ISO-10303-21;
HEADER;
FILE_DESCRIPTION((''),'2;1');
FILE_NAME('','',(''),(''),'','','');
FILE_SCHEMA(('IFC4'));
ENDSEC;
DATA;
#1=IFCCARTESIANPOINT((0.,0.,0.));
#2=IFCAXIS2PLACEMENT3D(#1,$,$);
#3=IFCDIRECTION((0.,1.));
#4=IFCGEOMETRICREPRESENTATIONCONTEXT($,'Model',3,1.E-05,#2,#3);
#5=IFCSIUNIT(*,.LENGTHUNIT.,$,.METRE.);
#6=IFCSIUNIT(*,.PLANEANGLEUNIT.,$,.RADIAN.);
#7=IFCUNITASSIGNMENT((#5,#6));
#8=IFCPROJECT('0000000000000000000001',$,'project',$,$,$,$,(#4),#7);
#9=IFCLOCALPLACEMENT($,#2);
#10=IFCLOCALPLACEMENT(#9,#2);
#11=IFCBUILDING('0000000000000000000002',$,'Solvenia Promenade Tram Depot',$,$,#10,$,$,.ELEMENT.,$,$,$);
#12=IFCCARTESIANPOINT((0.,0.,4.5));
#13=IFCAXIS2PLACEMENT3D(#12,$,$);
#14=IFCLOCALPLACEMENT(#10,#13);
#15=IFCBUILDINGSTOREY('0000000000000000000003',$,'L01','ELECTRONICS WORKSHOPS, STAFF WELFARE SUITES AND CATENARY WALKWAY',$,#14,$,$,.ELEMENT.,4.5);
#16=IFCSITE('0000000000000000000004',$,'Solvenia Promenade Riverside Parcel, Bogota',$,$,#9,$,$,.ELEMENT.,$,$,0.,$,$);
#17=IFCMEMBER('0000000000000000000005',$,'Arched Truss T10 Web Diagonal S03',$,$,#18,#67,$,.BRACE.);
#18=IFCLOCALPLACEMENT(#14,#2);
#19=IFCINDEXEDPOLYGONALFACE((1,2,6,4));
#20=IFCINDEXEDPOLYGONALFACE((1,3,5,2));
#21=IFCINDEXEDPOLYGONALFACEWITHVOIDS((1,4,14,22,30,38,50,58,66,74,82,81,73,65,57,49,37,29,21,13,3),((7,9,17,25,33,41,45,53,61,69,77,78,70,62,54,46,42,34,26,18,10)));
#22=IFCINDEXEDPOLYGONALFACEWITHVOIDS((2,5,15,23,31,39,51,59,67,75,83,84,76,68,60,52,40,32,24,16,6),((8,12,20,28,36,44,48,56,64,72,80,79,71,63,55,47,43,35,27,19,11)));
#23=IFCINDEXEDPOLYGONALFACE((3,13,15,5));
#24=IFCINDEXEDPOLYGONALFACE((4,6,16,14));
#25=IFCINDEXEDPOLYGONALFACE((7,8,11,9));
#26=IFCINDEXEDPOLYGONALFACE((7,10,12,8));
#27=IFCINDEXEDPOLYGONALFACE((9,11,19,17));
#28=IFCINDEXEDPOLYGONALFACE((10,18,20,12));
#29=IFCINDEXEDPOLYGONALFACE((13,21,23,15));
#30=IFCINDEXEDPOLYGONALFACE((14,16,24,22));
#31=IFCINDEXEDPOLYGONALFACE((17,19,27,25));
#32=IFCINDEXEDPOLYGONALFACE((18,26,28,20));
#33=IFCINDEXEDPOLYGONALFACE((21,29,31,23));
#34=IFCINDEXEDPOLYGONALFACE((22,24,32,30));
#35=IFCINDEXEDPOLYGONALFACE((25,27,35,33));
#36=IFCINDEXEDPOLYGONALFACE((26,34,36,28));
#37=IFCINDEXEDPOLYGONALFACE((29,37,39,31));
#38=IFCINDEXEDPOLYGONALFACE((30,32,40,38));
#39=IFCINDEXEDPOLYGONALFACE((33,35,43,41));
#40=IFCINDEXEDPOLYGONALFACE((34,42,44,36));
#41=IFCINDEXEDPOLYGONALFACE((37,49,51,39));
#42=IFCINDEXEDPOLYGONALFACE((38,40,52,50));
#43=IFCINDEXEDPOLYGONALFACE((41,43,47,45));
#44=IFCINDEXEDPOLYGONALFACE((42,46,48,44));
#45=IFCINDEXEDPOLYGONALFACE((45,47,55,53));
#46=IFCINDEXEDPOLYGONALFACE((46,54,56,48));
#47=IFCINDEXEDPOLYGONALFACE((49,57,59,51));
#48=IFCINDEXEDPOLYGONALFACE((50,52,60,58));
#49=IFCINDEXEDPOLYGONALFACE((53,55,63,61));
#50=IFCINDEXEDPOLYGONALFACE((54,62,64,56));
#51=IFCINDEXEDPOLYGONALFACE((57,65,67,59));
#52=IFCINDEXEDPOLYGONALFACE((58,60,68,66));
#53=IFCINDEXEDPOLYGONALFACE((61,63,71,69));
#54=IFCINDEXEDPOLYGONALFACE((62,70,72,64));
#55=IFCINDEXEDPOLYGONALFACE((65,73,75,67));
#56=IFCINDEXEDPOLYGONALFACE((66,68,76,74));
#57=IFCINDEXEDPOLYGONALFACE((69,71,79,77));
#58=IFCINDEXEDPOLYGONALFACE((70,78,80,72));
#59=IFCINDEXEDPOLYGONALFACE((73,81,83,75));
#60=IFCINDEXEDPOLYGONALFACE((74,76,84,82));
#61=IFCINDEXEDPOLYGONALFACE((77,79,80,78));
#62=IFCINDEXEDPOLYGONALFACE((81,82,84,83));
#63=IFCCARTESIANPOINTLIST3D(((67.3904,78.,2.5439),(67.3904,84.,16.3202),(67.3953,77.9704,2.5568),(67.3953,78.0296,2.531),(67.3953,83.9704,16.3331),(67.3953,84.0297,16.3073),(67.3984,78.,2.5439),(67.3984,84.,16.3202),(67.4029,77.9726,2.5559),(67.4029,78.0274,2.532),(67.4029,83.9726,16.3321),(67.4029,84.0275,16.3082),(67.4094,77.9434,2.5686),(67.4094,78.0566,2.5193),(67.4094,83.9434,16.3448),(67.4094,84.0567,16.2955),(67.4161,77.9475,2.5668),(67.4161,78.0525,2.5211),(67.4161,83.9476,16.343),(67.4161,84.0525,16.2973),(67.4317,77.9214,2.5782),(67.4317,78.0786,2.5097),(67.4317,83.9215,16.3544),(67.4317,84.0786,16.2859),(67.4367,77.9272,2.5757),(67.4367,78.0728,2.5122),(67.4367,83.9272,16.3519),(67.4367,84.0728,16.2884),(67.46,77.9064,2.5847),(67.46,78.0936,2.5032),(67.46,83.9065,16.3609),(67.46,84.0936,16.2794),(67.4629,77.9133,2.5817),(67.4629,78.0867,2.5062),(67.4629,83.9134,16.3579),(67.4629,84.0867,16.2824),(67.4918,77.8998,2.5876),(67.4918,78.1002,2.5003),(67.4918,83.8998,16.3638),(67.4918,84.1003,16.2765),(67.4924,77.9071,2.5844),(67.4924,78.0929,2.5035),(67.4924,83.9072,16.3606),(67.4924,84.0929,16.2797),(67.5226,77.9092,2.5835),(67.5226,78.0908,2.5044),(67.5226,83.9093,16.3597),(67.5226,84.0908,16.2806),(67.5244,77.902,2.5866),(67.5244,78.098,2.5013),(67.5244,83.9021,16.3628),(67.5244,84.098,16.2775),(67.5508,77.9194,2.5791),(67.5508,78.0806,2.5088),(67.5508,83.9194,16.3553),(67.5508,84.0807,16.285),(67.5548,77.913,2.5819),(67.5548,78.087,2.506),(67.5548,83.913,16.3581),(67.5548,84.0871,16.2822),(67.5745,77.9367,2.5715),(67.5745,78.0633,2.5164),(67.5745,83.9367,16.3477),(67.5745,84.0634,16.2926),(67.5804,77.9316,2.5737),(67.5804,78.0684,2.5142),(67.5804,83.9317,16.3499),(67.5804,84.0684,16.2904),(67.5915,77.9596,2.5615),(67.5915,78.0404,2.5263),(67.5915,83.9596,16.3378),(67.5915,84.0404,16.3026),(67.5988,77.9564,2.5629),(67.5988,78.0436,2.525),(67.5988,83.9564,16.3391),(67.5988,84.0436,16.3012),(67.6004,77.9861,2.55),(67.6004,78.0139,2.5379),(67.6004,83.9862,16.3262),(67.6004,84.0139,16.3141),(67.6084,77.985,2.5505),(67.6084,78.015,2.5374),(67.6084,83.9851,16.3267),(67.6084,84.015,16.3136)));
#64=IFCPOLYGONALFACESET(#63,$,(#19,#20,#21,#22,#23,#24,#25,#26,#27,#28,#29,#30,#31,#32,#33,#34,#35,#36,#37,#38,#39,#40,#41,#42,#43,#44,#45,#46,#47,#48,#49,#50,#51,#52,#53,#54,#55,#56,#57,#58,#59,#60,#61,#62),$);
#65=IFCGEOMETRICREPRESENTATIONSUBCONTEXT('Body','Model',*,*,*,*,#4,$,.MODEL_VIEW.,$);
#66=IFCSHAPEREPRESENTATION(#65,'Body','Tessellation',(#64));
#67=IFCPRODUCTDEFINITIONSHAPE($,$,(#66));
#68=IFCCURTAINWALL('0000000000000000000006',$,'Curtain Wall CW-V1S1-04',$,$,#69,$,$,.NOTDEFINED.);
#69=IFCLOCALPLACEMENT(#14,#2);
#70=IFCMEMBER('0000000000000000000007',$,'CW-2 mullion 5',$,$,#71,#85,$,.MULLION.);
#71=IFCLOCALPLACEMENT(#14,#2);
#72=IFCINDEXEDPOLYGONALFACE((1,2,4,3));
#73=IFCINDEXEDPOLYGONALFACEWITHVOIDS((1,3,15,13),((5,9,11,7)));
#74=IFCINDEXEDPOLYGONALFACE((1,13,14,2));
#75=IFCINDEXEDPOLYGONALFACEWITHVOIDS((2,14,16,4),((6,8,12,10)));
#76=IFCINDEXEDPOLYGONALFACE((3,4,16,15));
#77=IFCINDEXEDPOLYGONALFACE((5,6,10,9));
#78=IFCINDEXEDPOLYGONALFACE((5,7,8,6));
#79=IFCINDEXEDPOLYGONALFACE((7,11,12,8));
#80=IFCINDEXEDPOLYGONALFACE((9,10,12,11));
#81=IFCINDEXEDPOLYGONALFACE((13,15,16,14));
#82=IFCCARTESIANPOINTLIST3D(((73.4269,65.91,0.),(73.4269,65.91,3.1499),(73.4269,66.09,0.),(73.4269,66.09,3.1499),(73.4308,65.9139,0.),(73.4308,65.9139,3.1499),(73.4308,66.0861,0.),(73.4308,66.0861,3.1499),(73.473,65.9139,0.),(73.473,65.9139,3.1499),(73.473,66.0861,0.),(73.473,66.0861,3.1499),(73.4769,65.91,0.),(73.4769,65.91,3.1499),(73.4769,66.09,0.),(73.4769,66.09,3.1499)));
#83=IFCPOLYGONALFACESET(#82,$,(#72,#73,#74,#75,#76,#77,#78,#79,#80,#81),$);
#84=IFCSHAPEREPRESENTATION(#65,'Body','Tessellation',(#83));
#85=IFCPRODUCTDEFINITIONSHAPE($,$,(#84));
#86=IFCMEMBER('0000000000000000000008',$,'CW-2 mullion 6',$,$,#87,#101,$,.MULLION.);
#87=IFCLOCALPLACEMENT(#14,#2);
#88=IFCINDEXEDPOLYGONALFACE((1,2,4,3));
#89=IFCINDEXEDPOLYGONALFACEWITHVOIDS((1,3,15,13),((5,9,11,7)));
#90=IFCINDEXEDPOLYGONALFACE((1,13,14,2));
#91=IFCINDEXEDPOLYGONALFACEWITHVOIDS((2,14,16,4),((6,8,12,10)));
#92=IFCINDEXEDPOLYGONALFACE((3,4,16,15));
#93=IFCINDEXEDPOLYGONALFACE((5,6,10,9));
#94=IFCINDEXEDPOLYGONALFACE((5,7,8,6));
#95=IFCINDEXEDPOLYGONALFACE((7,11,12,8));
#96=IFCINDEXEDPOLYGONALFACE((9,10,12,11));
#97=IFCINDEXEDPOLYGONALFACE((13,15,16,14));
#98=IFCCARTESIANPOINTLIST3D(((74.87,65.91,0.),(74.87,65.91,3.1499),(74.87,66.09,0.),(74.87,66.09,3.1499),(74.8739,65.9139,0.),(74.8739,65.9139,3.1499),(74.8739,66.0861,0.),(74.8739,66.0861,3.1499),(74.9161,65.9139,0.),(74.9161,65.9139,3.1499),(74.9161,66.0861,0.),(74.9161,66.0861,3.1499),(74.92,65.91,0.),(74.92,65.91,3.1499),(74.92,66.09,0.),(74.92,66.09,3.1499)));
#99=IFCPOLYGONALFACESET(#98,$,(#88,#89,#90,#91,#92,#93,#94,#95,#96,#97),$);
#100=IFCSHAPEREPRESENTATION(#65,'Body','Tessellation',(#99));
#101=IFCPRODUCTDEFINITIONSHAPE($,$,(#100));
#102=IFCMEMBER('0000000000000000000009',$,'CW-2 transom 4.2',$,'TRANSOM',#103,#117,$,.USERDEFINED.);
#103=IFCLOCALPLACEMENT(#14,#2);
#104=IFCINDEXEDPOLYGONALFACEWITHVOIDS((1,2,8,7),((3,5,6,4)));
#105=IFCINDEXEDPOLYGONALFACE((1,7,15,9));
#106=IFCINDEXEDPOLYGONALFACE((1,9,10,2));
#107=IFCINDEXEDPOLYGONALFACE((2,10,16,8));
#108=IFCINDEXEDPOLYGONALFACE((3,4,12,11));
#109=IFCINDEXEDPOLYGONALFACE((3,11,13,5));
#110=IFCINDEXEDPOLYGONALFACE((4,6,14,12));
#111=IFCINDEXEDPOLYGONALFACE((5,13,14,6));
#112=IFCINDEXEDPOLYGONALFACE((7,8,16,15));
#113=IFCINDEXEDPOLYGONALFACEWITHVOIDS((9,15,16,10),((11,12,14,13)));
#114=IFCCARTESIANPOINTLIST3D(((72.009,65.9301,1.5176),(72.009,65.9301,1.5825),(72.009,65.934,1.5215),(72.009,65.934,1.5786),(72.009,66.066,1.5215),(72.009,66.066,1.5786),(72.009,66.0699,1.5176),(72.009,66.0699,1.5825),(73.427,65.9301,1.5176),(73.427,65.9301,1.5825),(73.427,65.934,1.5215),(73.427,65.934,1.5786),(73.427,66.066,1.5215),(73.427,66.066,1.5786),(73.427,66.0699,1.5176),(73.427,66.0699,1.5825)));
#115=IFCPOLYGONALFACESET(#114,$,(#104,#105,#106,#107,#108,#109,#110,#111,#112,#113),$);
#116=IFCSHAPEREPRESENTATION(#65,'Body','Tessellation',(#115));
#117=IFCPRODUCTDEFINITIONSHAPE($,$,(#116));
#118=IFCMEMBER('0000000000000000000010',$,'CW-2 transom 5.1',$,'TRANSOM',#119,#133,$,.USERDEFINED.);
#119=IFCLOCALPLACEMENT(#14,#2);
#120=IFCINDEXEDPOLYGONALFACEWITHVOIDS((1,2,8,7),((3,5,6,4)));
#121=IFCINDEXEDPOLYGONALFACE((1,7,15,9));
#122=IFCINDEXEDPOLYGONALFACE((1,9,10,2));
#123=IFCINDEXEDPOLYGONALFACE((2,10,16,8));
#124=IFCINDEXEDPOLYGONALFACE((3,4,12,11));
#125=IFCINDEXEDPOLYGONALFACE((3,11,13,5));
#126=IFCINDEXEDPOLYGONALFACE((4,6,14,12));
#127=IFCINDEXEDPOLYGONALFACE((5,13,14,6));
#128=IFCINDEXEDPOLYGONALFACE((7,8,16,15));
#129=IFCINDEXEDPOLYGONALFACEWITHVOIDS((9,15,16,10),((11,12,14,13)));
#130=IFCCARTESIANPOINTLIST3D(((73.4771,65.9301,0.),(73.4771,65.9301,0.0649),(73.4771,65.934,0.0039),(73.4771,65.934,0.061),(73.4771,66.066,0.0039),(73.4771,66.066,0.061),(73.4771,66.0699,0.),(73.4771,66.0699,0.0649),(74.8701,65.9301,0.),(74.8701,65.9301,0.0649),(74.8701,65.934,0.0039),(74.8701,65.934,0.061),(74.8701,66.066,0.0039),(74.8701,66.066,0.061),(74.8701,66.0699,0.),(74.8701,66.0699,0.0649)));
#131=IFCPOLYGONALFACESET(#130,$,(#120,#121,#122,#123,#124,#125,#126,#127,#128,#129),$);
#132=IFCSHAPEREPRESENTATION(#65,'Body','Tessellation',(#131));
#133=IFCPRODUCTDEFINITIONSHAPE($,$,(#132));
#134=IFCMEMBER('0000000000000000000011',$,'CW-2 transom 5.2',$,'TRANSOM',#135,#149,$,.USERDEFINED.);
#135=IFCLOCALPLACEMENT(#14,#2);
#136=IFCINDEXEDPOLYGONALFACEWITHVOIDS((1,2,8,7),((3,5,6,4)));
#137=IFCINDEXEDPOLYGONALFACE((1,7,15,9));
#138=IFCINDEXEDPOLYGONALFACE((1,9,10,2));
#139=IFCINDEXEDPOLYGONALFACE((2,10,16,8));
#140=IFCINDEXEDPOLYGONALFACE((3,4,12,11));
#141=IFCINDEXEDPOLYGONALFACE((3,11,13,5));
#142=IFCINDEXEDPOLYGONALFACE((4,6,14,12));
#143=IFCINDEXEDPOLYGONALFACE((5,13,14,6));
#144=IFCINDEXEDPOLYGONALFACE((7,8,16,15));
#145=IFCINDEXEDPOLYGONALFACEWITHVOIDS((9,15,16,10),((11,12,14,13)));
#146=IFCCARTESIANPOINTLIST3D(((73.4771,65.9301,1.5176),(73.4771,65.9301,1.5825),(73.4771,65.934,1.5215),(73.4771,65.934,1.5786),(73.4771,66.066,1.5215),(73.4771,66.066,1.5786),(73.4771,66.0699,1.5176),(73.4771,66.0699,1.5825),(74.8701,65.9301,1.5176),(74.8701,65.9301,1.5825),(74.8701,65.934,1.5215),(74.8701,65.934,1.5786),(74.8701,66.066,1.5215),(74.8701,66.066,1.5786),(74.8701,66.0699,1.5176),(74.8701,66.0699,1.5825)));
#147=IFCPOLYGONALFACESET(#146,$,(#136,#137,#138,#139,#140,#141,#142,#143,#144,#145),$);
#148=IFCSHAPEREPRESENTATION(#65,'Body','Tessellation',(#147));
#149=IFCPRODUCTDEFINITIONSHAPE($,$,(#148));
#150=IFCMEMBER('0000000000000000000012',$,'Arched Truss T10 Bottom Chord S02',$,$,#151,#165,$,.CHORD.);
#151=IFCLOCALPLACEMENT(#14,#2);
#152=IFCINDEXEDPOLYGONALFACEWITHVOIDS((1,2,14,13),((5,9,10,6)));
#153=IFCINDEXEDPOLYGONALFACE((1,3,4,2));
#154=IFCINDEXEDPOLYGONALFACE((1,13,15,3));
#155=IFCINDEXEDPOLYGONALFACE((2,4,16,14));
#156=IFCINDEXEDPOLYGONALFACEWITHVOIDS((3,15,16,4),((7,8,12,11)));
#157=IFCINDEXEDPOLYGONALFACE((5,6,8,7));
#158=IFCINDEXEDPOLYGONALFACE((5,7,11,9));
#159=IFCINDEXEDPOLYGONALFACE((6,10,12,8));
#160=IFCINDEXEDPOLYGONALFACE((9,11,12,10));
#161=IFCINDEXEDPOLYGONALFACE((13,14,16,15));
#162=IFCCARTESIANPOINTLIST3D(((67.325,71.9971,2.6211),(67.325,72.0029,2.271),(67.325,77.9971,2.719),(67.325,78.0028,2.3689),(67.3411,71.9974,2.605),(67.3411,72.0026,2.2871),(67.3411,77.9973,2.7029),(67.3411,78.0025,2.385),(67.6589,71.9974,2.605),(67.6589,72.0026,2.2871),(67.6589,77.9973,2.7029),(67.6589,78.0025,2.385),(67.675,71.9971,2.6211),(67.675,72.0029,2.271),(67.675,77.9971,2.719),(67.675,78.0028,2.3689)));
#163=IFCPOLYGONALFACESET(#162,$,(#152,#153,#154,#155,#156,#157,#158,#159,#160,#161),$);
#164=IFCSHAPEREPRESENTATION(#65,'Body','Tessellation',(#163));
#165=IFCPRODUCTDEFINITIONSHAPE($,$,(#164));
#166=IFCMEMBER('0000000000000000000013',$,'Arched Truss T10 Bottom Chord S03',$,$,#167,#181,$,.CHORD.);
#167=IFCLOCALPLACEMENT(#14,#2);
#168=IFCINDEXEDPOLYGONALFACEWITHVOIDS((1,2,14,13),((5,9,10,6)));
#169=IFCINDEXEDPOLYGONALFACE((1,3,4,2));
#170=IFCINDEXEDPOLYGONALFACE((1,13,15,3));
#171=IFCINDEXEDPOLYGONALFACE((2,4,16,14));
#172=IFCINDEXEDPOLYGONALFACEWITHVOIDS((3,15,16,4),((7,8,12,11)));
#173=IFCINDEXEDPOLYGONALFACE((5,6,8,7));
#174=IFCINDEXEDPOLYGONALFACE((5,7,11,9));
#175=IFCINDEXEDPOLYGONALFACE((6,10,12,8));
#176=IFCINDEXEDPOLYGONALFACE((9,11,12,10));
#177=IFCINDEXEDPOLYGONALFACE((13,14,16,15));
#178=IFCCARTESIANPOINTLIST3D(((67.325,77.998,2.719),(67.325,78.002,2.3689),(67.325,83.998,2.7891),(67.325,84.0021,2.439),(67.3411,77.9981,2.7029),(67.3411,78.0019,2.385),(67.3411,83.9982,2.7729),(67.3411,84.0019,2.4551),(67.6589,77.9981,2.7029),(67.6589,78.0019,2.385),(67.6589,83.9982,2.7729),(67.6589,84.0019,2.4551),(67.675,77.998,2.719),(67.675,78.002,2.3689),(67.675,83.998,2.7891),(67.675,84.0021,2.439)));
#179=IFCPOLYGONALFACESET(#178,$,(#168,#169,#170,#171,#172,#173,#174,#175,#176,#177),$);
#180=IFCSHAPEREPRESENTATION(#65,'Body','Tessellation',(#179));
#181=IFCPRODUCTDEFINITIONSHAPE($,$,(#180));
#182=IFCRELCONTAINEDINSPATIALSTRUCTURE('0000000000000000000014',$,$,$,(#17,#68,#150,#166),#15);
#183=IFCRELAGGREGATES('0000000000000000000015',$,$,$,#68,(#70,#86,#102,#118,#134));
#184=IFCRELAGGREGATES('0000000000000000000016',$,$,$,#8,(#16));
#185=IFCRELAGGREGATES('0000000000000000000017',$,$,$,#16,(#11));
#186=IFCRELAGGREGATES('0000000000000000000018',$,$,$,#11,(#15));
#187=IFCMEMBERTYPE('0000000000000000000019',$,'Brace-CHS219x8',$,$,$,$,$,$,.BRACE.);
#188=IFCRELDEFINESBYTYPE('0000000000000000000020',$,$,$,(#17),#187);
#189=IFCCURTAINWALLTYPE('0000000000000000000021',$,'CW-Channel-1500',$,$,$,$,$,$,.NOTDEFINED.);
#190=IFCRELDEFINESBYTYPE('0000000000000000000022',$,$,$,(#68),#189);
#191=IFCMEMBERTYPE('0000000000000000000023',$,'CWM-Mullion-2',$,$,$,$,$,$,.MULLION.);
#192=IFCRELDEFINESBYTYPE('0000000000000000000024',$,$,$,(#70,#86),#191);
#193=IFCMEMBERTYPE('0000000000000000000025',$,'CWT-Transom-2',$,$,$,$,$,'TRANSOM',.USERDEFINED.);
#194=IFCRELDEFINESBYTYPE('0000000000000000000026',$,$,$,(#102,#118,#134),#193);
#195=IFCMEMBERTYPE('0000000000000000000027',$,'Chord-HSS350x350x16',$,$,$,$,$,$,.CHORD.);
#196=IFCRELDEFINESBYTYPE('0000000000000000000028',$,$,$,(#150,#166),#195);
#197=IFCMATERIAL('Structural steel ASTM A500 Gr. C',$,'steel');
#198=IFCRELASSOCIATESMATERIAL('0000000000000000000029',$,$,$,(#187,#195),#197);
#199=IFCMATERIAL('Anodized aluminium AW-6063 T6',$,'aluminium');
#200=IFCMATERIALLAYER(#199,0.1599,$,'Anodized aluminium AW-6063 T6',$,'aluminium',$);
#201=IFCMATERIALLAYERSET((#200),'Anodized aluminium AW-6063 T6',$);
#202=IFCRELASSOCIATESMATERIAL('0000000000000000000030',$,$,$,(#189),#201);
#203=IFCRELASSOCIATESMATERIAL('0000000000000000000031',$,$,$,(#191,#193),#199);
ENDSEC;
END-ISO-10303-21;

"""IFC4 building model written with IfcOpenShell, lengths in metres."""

from ifc_helpers import new_model, si_unit, direction, frame, origin, origin_2d, place, context, subcontext, project, spatial, hollow_rectangle, hollow_circle, extrude, material, layer, layer_set, material_profile, profile_set, type_object, element, aggregate, save


model = new_model("IFC4")

# Units and contexts
model_context = context("Model", 3, precision=1e-05, world=origin(), true_north=direction((0.0, 1.0)))
body_context = subcontext(model_context, "Body", "Model", "MODEL_VIEW")
ifc_project = project(units=[si_unit("LENGTHUNIT", "METRE"), si_unit("PLANEANGLEUNIT", "RADIAN")], contexts=[model_context])

# Site, building, storey
site_placement = place(None, origin())
site = spatial("IfcSite", under=ifc_project, at=site_placement, Name="Solvenia Promenade Riverside Parcel, Bogota", CompositionType="ELEMENT", RefElevation=0.0)
building_placement = place(site_placement, origin())
building = spatial("IfcBuilding", under=site, at=building_placement, Name="Solvenia Promenade Tram Depot", CompositionType="ELEMENT")
storey_placement = place(building_placement, frame((0.0, 0.0, 4.5)))
storey = spatial("IfcBuildingStorey", under=building, at=storey_placement, Name="L01", Description="ELECTRONICS WORKSHOPS, STAFF WELFARE SUITES AND CATENARY WALKWAY", CompositionType="ELEMENT", Elevation=4.5)

# Member
ifc_material_1 = material(Name="Structural steel ASTM A500 Gr. C", Category="steel")
ifc_material_profile_1 = material_profile(ifc_material_1, hollow_circle(Radius=0.1096, WallThickness=0.0081, at=origin_2d()), Name="CHS219.1x8", Category="steel")
ifc_profile_set_1 = profile_set([ifc_material_profile_1], Name="Structural steel ASTM A500 Gr. C")
member_type_1 = type_object("IfcMemberType", Name="Brace-CHS219x8", PredefinedType="BRACE", material=ifc_profile_set_1)
member_1_placement = place(storey_placement, frame((67.5, 78.0, 2.5439), z_axis=(0.0, 0.399307, 0.916817), x_axis=(-1.0, 0.0, 0.0)))
element("IfcMember", 1, at=member_1_placement, inside=storey, type_object=member_type_1, Name="Arched Truss T10 Web Diagonal S03", PredefinedType="BRACE", context=body_context, shape_type="SweptSolid", body=[
    extrude(hollow_circle(Radius=0.1096, WallThickness=0.0081, at=origin_2d()), origin(), (0.0, 0.0, 1.0), 15.0261),
])

# Curtain wall, members
ifc_material_2 = material(Name="Anodized aluminium AW-6063 T6", Category="aluminium")
ifc_layer_1 = layer(ifc_material_2, 0.1599, Name="Anodized aluminium AW-6063 T6", Category="aluminium")
ifc_layer_set_1 = layer_set([ifc_layer_1], Name="Anodized aluminium AW-6063 T6")
curtain_wall_type = type_object("IfcCurtainWallType", Name="CW-Channel-1500", PredefinedType="NOTDEFINED", material=ifc_layer_set_1)
curtain_wall_placement = place(storey_placement, origin())
curtain_wall = element("IfcCurtainWall", 2, at=curtain_wall_placement, inside=storey, type_object=curtain_wall_type, Name="Curtain Wall CW-V1S1-04", PredefinedType="NOTDEFINED")
ifc_material_profile_2 = material_profile(ifc_material_2, hollow_rectangle(XDim=0.1799, YDim=0.05, WallThickness=0.0039, at=origin_2d()), Name="ALU-M2", Category="aluminium")
ifc_profile_set_2 = profile_set([ifc_material_profile_2], Name="Anodized aluminium AW-6063 T6")
member_type_2 = type_object("IfcMemberType", Name="CWM-Mullion-2", PredefinedType="MULLION", material=ifc_profile_set_2)
member_2_placement = place(storey_placement, frame((73.4519, 66.0, 0.0), z_axis=(0.0, 0.0, 1.0), x_axis=(0.0, 1.0, 0.0)))
member_2 = element("IfcMember", 3, at=member_2_placement, type_object=member_type_2, Name="CW-2 mullion 5", PredefinedType="MULLION", context=body_context, shape_type="SweptSolid", body=[
    extrude(hollow_rectangle(XDim=0.1799, YDim=0.05, WallThickness=0.0039, at=origin_2d()), origin(), (0.0, 0.0, 1.0), 3.1499),
])
member_3_placement = place(storey_placement, frame((74.895, 66.0, 0.0), z_axis=(0.0, 0.0, 1.0), x_axis=(0.0, 1.0, 0.0)))
member_3 = element("IfcMember", 4, at=member_3_placement, type_object=member_type_2, Name="CW-2 mullion 6", PredefinedType="MULLION", context=body_context, shape_type="SweptSolid", body=[
    extrude(hollow_rectangle(XDim=0.1799, YDim=0.05, WallThickness=0.0039, at=origin_2d()), origin(), (0.0, 0.0, 1.0), 3.1499),
])
ifc_material_profile_3 = material_profile(ifc_material_2, hollow_rectangle(XDim=0.1399, YDim=0.0649, WallThickness=0.0039, at=origin_2d()), Name="ALU-T2", Category="aluminium")
ifc_profile_set_3 = profile_set([ifc_material_profile_3], Name="Anodized aluminium AW-6063 T6")
member_type_3 = type_object("IfcMemberType", Name="CWT-Transom-2", ElementType="TRANSOM", PredefinedType="USERDEFINED", material=ifc_profile_set_3)
member_4_placement = place(storey_placement, frame((72.009, 66.0, 1.55), z_axis=(1.0, 0.0, 0.0), x_axis=(0.0, 1.0, 0.0)))
member_4 = element("IfcMember", 5, at=member_4_placement, type_object=member_type_3, Name="CW-2 transom 4.2", ObjectType="TRANSOM", PredefinedType="USERDEFINED", context=body_context, shape_type="SweptSolid", body=[
    extrude(hollow_rectangle(XDim=0.1399, YDim=0.0649, WallThickness=0.0039, at=origin_2d()), origin(), (0.0, 0.0, 1.0), 1.418),
])
member_5_placement = place(storey_placement, frame((73.4771, 66.0, 0.0325), z_axis=(1.0, 0.0, 0.0), x_axis=(0.0, 1.0, 0.0)))
member_5 = element("IfcMember", 6, at=member_5_placement, type_object=member_type_3, Name="CW-2 transom 5.1", ObjectType="TRANSOM", PredefinedType="USERDEFINED", context=body_context, shape_type="SweptSolid", body=[
    extrude(hollow_rectangle(XDim=0.1399, YDim=0.0649, WallThickness=0.0039, at=origin_2d()), origin(), (0.0, 0.0, 1.0), 1.3931),
])
member_6_placement = place(storey_placement, frame((73.4771, 66.0, 1.55), z_axis=(1.0, 0.0, 0.0), x_axis=(0.0, 1.0, 0.0)))
member_6 = element("IfcMember", 7, at=member_6_placement, type_object=member_type_3, Name="CW-2 transom 5.2", ObjectType="TRANSOM", PredefinedType="USERDEFINED", context=body_context, shape_type="SweptSolid", body=[
    extrude(hollow_rectangle(XDim=0.1399, YDim=0.0649, WallThickness=0.0039, at=origin_2d()), origin(), (0.0, 0.0, 1.0), 1.3931),
])

# Members
ifc_material_profile_4 = material_profile(ifc_material_1, hollow_rectangle(XDim=0.3501, YDim=0.3501, WallThickness=0.0161, at=origin_2d()), Name="HSS350x350x16", Category="steel")
ifc_profile_set_4 = profile_set([ifc_material_profile_4], Name="Structural steel ASTM A500 Gr. C")
member_type_4 = type_object("IfcMemberType", Name="Chord-HSS350x350x16", PredefinedType="CHORD", material=ifc_profile_set_4)
member_7_placement = place(storey_placement, frame((67.5, 72.0, 2.446), z_axis=(0.0, 0.999867, 0.016315), x_axis=(-1.0, 0.0, 0.0)))
element("IfcMember", 8, at=member_7_placement, inside=storey, type_object=member_type_4, Name="Arched Truss T10 Bottom Chord S02", PredefinedType="CHORD", context=body_context, shape_type="SweptSolid", body=[
    extrude(hollow_rectangle(XDim=0.3501, YDim=0.3501, WallThickness=0.0161, at=origin_2d()), origin(), (0.0, 0.0, 1.0), 6.0007),
])
member_8_placement = place(storey_placement, frame((67.5, 78.0, 2.5439), z_axis=(0.0, 0.999932, 0.011677), x_axis=(-1.0, 0.0, 0.0)))
element("IfcMember", 9, at=member_8_placement, inside=storey, type_object=member_type_4, Name="Arched Truss T10 Bottom Chord S03", PredefinedType="CHORD", context=body_context, shape_type="SweptSolid", body=[
    extrude(hollow_rectangle(XDim=0.3501, YDim=0.3501, WallThickness=0.0161, at=origin_2d()), origin(), (0.0, 0.0, 1.0), 6.0005),
])

aggregate(curtain_wall, [member_2, member_3, member_4, member_5, member_6])

save(model, "model.ifc")
